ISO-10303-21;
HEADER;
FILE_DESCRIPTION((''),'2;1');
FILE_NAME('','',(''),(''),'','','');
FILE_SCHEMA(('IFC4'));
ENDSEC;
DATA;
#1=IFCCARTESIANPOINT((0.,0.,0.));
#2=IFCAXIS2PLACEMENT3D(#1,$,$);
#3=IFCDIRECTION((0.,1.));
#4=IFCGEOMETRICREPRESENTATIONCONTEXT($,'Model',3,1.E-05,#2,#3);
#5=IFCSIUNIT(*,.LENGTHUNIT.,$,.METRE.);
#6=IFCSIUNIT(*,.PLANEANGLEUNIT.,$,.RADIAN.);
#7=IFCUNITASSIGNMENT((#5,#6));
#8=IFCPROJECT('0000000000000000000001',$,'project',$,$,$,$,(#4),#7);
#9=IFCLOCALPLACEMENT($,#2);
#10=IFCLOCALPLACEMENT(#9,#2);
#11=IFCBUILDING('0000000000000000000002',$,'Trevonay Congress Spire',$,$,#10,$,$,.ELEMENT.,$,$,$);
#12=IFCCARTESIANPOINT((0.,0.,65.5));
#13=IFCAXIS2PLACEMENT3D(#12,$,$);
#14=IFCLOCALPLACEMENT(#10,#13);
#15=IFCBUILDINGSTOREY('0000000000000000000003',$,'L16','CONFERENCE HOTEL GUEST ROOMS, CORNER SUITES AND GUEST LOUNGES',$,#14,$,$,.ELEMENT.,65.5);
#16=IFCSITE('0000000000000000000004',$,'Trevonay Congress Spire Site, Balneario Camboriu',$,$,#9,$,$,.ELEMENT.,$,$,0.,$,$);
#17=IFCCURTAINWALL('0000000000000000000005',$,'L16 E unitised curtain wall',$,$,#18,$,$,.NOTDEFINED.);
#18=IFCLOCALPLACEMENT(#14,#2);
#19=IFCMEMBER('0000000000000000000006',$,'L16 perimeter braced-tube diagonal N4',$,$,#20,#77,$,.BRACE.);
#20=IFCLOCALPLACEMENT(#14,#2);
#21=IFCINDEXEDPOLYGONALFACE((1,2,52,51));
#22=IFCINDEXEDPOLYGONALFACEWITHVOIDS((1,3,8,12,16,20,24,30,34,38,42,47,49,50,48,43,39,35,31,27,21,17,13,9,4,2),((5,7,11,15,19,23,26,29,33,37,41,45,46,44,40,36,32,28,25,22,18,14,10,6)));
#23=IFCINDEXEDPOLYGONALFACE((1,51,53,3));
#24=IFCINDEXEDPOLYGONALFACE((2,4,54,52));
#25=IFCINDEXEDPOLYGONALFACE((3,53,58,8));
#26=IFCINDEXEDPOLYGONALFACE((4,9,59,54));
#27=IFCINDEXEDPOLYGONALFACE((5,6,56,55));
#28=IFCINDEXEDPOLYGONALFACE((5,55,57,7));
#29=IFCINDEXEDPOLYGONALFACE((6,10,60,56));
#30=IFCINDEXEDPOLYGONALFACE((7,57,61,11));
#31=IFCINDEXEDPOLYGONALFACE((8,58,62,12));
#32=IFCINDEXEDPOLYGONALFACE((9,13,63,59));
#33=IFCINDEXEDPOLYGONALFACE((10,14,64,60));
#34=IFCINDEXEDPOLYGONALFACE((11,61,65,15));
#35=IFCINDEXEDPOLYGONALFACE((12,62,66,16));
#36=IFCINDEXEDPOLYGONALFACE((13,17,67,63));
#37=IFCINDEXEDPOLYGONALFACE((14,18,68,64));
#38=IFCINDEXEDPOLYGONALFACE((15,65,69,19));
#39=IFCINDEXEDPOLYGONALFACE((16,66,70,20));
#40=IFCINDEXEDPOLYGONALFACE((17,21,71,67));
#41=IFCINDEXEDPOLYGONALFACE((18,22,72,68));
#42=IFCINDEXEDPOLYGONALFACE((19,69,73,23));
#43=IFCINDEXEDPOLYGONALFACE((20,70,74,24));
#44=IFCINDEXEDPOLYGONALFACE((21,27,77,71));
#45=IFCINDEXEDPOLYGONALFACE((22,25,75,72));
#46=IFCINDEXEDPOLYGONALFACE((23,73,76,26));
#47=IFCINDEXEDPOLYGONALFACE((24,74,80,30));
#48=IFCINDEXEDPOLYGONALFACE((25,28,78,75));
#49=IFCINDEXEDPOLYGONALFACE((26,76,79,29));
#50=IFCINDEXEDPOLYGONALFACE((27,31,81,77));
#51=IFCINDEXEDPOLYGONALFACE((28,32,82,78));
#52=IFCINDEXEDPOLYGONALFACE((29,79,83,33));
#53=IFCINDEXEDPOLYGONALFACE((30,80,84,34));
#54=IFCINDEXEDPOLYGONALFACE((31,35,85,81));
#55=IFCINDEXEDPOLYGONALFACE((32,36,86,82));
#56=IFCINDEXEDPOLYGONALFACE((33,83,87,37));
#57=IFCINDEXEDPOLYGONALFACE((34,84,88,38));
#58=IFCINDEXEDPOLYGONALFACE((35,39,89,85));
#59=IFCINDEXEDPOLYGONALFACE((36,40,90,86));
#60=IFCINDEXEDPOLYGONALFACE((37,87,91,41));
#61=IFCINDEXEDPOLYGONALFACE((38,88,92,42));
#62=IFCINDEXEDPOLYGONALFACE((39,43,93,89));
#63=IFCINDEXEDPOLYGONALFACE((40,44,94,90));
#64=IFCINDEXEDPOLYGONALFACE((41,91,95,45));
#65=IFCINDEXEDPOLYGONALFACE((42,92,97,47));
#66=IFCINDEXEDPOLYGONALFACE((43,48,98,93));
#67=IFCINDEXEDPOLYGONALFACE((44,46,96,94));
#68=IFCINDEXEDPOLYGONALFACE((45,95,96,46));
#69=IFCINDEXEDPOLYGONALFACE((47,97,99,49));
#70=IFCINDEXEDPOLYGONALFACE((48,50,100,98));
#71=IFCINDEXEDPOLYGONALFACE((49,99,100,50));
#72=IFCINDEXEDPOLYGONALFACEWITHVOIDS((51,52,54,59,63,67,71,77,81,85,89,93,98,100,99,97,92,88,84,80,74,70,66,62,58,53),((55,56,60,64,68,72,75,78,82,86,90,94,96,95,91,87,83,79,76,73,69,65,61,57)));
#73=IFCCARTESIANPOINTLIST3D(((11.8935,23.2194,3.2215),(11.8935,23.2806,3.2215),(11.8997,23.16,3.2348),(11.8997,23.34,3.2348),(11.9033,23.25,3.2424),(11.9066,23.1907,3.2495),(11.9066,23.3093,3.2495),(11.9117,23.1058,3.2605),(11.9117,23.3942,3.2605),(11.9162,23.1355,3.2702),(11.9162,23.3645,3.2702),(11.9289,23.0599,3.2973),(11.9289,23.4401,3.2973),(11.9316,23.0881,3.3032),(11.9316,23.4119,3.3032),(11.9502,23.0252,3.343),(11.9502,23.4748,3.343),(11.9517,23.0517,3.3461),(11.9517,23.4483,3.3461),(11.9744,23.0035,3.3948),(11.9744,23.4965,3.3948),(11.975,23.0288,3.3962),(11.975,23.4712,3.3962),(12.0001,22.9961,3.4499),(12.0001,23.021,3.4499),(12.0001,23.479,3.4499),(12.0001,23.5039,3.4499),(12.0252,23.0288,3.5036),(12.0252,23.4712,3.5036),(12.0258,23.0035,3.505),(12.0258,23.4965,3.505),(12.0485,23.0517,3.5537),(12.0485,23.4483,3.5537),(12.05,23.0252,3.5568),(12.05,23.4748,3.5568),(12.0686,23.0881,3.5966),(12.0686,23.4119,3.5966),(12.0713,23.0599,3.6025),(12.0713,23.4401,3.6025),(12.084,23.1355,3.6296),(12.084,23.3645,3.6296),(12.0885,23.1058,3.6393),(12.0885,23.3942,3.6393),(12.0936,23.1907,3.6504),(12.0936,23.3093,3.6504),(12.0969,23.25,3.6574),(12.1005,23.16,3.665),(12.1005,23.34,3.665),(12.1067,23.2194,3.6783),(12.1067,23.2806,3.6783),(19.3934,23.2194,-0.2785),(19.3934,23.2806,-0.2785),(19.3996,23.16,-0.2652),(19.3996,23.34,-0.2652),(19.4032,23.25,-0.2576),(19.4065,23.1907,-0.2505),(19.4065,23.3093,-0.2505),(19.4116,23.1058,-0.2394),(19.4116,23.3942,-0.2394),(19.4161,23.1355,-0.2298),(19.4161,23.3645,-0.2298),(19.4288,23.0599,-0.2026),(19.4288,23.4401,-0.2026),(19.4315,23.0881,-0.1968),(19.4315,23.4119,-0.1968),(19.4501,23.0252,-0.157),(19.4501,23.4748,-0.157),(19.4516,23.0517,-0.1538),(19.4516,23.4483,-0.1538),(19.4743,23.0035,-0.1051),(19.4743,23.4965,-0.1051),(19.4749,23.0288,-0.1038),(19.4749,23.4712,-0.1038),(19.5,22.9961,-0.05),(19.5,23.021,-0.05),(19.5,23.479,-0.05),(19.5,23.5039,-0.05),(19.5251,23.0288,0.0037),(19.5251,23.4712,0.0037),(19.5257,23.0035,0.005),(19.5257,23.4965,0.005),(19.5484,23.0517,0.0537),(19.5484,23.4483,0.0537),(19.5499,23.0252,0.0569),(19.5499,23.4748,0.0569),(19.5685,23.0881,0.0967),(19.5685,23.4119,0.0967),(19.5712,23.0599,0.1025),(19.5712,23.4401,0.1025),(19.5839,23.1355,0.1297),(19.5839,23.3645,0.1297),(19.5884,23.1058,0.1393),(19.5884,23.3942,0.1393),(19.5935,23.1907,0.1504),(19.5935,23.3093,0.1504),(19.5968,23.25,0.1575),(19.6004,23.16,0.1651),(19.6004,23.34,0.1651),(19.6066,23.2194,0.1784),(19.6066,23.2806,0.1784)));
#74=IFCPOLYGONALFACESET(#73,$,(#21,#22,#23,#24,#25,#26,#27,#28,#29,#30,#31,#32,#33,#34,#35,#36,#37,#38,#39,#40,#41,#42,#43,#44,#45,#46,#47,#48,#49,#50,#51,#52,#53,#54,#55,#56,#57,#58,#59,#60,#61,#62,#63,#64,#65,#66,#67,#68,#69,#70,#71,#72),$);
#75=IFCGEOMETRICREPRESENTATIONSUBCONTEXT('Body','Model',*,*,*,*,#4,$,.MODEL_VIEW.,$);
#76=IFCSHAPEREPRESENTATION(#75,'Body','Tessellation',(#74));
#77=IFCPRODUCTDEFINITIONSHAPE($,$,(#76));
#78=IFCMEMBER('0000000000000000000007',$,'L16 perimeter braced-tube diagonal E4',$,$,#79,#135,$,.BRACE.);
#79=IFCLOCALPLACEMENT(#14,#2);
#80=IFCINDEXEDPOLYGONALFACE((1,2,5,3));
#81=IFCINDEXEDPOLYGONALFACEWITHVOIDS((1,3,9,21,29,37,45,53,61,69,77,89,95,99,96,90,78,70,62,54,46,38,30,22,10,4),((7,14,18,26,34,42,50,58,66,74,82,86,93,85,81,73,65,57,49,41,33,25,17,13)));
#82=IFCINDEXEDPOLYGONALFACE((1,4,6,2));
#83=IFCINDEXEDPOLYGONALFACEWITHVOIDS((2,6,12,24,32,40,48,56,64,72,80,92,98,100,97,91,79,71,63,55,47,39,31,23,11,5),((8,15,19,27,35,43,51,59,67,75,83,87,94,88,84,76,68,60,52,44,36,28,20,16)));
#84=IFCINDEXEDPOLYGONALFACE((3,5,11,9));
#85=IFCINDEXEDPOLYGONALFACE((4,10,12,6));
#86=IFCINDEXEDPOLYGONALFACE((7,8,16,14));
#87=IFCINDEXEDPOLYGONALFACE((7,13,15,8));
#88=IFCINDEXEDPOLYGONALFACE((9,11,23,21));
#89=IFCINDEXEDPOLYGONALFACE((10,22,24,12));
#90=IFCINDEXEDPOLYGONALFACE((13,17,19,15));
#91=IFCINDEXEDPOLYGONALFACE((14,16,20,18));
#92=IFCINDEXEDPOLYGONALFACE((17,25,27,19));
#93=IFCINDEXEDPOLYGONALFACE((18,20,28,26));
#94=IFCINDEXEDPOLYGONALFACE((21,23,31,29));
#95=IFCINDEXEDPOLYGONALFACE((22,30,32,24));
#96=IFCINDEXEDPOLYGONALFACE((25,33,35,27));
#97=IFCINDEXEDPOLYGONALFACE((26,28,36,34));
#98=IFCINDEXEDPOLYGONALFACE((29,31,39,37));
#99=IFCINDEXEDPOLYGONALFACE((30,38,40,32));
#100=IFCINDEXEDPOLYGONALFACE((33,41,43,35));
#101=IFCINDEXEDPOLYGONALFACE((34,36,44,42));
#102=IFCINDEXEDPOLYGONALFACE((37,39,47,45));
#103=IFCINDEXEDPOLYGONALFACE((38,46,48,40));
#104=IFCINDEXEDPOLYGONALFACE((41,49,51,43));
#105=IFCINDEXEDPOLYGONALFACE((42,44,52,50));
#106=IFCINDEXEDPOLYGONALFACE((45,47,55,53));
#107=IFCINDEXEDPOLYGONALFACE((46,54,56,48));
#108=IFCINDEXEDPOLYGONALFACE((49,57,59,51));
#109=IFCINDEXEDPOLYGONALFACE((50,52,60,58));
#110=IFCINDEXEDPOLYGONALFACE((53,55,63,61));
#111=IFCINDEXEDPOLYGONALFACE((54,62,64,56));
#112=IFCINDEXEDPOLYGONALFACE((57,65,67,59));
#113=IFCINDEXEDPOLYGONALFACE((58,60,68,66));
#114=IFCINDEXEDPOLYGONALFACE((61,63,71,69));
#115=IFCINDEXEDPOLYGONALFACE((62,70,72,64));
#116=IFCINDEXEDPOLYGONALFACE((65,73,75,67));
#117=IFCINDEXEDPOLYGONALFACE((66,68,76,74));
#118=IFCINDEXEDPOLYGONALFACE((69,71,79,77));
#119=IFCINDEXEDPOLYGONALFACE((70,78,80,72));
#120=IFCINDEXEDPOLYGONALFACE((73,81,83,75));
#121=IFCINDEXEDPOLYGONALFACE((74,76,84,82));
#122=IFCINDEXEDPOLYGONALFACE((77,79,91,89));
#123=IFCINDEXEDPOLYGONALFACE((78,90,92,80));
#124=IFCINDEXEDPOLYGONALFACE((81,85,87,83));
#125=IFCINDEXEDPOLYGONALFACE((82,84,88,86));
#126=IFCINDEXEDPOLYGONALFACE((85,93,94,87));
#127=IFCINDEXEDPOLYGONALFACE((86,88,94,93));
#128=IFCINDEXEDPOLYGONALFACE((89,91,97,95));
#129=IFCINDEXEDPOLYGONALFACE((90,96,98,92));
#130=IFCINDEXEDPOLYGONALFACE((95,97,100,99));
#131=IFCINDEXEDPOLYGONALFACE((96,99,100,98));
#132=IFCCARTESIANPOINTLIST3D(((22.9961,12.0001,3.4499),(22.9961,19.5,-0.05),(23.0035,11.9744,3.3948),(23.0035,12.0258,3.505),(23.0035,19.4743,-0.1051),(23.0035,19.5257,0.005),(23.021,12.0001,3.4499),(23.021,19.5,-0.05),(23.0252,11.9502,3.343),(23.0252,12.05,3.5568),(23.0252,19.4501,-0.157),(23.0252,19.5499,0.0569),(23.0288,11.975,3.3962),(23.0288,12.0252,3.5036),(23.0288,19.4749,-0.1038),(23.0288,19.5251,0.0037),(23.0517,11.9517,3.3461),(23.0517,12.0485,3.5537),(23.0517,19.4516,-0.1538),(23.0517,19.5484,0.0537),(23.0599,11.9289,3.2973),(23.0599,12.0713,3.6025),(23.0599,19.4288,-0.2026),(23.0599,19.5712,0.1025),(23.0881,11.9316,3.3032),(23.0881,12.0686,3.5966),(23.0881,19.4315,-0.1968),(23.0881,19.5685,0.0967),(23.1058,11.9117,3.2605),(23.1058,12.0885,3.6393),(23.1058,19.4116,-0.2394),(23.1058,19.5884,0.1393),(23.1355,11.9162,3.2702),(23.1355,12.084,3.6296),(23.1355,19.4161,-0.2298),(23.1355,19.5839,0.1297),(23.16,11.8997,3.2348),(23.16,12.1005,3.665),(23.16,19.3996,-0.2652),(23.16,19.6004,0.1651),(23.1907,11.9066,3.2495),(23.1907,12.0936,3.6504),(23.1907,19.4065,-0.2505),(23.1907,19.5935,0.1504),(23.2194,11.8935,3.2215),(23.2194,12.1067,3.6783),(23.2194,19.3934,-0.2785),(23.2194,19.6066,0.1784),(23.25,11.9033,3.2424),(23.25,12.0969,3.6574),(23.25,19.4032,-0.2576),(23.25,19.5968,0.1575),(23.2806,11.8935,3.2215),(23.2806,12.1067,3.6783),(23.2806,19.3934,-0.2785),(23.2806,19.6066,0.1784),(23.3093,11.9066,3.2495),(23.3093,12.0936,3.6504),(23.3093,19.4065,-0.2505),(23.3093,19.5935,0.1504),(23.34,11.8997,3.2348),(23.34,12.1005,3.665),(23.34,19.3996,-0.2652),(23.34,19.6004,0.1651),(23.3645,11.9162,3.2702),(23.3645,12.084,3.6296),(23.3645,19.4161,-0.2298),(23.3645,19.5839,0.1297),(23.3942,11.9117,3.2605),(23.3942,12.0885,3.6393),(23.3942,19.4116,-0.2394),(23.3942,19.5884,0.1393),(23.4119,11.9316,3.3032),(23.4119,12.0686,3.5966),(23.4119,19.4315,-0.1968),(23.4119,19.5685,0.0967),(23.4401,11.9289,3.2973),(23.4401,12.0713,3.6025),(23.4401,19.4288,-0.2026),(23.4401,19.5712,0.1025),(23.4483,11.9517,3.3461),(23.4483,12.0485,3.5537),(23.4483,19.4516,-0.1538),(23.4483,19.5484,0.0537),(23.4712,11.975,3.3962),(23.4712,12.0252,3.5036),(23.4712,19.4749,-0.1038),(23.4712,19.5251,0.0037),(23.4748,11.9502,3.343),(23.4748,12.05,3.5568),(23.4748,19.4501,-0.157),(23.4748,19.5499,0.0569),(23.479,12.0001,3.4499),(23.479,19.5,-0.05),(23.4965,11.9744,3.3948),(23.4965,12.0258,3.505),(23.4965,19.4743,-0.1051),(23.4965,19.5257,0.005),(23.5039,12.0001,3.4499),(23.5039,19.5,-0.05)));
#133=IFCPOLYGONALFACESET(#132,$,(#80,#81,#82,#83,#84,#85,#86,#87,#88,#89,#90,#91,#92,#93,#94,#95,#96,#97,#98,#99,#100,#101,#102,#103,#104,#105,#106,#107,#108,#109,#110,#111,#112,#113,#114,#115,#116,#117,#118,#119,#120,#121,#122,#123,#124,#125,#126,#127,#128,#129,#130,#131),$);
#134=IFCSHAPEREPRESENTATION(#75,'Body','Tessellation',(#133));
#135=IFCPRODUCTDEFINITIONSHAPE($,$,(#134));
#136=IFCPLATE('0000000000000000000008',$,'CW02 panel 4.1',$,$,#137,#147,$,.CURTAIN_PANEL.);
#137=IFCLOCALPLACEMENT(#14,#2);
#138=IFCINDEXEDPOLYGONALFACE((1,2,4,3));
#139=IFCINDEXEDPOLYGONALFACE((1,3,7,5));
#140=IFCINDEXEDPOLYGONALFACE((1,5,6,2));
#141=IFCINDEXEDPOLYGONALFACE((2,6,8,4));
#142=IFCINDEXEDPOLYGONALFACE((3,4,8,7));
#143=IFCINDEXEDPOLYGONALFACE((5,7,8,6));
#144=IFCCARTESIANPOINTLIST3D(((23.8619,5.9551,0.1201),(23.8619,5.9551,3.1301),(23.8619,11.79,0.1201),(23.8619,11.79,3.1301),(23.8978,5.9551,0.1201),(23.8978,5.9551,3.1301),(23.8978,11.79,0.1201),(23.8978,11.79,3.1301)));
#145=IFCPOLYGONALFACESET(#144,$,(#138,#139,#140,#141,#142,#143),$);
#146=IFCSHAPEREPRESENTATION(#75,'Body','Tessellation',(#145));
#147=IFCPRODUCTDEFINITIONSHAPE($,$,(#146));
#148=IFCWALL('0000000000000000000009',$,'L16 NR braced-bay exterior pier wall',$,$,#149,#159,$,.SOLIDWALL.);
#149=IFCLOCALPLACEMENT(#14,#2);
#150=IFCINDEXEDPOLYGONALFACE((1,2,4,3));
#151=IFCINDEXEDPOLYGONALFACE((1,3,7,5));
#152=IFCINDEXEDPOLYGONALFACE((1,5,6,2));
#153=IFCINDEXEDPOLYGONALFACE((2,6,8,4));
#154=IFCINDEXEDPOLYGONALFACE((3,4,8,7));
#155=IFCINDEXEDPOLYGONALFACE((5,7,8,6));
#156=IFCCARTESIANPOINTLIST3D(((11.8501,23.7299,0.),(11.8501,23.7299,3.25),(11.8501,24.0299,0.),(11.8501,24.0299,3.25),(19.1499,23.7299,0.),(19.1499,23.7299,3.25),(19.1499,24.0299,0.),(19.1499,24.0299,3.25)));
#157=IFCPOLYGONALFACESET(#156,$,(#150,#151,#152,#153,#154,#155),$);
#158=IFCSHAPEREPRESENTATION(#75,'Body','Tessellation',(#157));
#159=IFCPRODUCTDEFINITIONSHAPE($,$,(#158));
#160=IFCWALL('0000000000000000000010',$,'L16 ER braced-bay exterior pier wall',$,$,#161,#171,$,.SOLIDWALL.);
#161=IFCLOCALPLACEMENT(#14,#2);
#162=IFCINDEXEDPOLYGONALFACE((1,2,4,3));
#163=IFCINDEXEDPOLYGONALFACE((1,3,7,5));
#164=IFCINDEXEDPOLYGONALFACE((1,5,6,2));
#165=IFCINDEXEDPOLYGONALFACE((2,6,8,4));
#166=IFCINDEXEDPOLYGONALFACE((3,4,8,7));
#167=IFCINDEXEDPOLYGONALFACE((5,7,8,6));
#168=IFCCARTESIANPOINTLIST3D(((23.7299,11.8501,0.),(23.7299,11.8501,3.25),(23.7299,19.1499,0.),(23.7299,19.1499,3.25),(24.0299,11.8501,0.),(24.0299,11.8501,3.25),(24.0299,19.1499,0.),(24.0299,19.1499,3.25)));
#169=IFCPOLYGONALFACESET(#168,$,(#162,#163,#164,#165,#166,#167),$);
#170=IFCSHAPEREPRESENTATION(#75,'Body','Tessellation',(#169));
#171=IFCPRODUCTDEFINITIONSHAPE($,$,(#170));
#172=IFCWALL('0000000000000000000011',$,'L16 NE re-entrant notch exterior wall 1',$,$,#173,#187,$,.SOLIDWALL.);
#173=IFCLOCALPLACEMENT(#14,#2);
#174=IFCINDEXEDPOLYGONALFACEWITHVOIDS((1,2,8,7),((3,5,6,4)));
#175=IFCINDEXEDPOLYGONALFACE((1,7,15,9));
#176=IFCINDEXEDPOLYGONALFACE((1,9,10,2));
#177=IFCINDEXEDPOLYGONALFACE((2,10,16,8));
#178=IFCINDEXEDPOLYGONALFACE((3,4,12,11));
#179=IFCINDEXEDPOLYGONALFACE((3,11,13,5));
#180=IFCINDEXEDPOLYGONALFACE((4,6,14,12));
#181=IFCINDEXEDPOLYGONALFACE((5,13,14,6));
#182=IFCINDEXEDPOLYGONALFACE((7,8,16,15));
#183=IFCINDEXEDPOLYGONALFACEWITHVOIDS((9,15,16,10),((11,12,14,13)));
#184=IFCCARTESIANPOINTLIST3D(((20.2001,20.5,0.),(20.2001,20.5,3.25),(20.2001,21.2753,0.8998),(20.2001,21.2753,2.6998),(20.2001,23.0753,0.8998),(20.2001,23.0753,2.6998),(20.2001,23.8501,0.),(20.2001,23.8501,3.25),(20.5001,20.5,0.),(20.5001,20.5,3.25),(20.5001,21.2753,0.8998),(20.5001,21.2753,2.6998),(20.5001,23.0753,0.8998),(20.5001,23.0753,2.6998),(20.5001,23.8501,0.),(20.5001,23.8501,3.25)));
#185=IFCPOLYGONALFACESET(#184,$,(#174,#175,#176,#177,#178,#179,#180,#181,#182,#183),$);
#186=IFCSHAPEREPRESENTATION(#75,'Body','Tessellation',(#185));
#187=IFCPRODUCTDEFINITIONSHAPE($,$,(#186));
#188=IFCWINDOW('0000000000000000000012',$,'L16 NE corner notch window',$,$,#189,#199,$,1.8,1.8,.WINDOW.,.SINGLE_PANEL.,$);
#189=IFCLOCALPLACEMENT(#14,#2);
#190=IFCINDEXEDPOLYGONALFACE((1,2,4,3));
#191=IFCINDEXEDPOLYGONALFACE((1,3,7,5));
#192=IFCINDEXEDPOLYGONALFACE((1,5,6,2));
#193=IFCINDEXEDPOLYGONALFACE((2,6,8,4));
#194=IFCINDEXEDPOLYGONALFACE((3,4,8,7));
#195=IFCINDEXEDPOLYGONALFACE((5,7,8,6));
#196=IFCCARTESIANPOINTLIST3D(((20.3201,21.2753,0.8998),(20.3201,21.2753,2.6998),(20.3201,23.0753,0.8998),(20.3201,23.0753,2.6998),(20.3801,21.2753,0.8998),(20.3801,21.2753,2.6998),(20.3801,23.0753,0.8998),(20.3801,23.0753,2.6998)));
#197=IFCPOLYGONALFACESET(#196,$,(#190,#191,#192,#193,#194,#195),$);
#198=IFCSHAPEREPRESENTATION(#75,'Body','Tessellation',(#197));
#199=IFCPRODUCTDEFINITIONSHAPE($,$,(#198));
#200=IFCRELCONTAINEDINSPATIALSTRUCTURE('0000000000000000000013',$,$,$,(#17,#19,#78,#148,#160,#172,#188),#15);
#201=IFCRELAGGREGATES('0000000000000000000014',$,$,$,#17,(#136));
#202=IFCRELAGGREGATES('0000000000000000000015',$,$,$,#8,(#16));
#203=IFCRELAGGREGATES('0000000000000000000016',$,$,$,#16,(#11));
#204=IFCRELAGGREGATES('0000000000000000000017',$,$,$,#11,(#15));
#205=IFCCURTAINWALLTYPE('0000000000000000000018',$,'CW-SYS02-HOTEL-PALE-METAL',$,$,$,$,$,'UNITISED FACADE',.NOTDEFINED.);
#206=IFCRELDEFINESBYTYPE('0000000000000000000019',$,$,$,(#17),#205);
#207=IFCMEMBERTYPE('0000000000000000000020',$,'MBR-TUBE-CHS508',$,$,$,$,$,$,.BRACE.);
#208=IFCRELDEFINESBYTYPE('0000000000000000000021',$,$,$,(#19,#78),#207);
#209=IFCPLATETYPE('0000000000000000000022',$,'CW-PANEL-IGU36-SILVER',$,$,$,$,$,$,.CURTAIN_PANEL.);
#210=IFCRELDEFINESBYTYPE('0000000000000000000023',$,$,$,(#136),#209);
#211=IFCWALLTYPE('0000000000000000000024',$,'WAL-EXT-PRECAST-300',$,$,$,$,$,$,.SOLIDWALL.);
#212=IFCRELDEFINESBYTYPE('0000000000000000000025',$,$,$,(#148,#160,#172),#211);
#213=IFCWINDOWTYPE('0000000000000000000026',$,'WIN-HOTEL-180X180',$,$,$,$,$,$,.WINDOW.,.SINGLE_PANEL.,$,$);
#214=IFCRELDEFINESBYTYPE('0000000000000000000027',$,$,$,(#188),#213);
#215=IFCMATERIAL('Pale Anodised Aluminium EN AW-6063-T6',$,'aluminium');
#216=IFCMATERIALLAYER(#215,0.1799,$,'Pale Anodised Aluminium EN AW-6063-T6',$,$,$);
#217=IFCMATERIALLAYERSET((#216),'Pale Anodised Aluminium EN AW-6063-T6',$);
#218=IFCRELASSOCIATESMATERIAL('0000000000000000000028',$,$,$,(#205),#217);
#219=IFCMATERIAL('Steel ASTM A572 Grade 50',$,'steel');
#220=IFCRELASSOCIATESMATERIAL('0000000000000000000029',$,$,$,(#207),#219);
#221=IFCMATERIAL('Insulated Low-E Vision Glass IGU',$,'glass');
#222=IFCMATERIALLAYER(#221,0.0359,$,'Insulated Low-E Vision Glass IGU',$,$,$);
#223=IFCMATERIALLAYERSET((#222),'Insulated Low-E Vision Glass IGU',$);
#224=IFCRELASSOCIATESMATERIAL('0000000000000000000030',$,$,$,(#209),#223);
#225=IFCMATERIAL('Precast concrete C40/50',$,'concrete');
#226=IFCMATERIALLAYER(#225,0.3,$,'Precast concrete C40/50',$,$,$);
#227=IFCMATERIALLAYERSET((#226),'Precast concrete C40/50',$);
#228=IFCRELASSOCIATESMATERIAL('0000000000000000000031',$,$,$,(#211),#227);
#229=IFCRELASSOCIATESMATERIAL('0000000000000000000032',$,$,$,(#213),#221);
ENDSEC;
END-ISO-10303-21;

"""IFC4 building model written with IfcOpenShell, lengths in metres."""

from ifc_helpers import new_model, si_unit, direction, frame, frame_2d, origin, origin_2d, place, context, subcontext, project, spatial, rectangle, hollow_circle, extrude, material, layer, layer_set, material_profile, profile_set, type_object, element, fill, aggregate, save


model = new_model("IFC4")

# Units and contexts
model_context = context("Model", 3, precision=1e-05, world=origin(), true_north=direction((0.0, 1.0)))
body_context = subcontext(model_context, "Body", "Model", "MODEL_VIEW")
ifc_project = project(units=[si_unit("LENGTHUNIT", "METRE"), si_unit("PLANEANGLEUNIT", "RADIAN")], contexts=[model_context])

# Site, building, storey
site_placement = place(None, origin())
site = spatial("IfcSite", under=ifc_project, at=site_placement, Name="Trevonay Congress Spire Site, Balneario Camboriu", CompositionType="ELEMENT", RefElevation=0.0)
building_placement = place(site_placement, origin())
building = spatial("IfcBuilding", under=site, at=building_placement, Name="Trevonay Congress Spire", CompositionType="ELEMENT")
storey_placement = place(building_placement, frame((0.0, 0.0, 65.5)))
storey = spatial("IfcBuildingStorey", under=building, at=storey_placement, Name="L16", Description="CONFERENCE HOTEL GUEST ROOMS, CORNER SUITES AND GUEST LOUNGES", CompositionType="ELEMENT", Elevation=65.5)

# Shared definitions
ifc_material_1 = material(Name="Steel ASTM A572 Grade 50", Category="steel")

# Shared definitions
ifc_material_2 = material(Name="Pale Anodised Aluminium EN AW-6063-T6", Category="aluminium")
ifc_layer_1 = layer(ifc_material_2, 0.1799, Name="Pale Anodised Aluminium EN AW-6063-T6")
ifc_layer_set_1 = layer_set([ifc_layer_1], Name="Pale Anodised Aluminium EN AW-6063-T6")
curtain_wall_type = type_object("IfcCurtainWallType", Name="CW-SYS02-HOTEL-PALE-METAL", ElementType="UNITISED FACADE", PredefinedType="NOTDEFINED", material=ifc_layer_set_1)

# Curtain wall
curtain_wall_1_placement = place(storey_placement, origin())
curtain_wall_1 = element("IfcCurtainWall", 1, at=curtain_wall_1_placement, inside=storey, type_object=curtain_wall_type, Name="L16 E unitised curtain wall", PredefinedType="NOTDEFINED")

# Members
ifc_material_profile_1 = material_profile(ifc_material_1, hollow_circle(Radius=0.2539, WallThickness=0.0249, at=origin_2d()), Name="CHS 508x25")
ifc_profile_set_1 = profile_set([ifc_material_profile_1], Name="Steel ASTM A572 Grade 50")
member_type_1 = type_object("IfcMemberType", Name="MBR-TUBE-CHS508", PredefinedType="BRACE", material=ifc_profile_set_1)
for number, where, z_axis, x_axis, name in (
    (2, (19.5, 23.25, -0.05), (-0.906183, 0.0, 0.422885), (0.0, -1.0, 0.0), "L16 perimeter braced-tube diagonal N4"),
    (3, (23.25, 19.5, -0.05), (0.0, -0.906183, 0.422885), (1.0, 0.0, 0.0), "L16 perimeter braced-tube diagonal E4"),
):
    element("IfcMember", number, at=place(storey_placement, frame(where, z_axis=z_axis, x_axis=x_axis)), inside=storey, type_object=member_type_1, Name=name, PredefinedType="BRACE", context=body_context, shape_type="SweptSolid", body=[
        extrude(hollow_circle(Radius=0.2539, WallThickness=0.0249, at=origin_2d()), origin(), (0.0, 0.0, 1.0), 8.2764),
    ])

# Plate
ifc_material_3 = material(Name="Insulated Low-E Vision Glass IGU", Category="glass")
ifc_layer_2 = layer(ifc_material_3, 0.0359, Name="Insulated Low-E Vision Glass IGU")
ifc_layer_set_2 = layer_set([ifc_layer_2], Name="Insulated Low-E Vision Glass IGU")
plate_type = type_object("IfcPlateType", Name="CW-PANEL-IGU36-SILVER", PredefinedType="CURTAIN_PANEL", material=ifc_layer_set_2)
plate_placement = place(storey_placement, frame((23.8799, 8.8726, 0.1201), z_axis=(0.0, 0.0, 1.0), x_axis=(0.0, 1.0, 0.0)))
plate = element("IfcPlate", 4, at=plate_placement, type_object=plate_type, Name="CW02 panel 4.1", PredefinedType="CURTAIN_PANEL", context=body_context, shape_type="SweptSolid", body=[
    extrude(rectangle(XDim=5.835, YDim=0.0359, at=origin_2d()), origin(), (0.0, 0.0, 1.0), 3.01),
])
aggregate(curtain_wall_1, [plate])

# Walls
ifc_material_4 = material(Name="Precast concrete C40/50", Category="concrete")
ifc_layer_3 = layer(ifc_material_4, 0.3, Name="Precast concrete C40/50")
ifc_layer_set_3 = layer_set([ifc_layer_3], Name="Precast concrete C40/50")
wall_type_1 = type_object("IfcWallType", Name="WAL-EXT-PRECAST-300", PredefinedType="SOLIDWALL", material=ifc_layer_set_3)
for number, where, z_axis, x_axis, name in (
    (5, (11.8501, 23.8799, 0.0), (0.0, 0.0, 1.0), (1.0, 0.0, 0.0), "L16 NR braced-bay exterior pier wall"),
    (6, (23.8799, 11.8501, 0.0), (0.0, 0.0, 1.0), (0.0, 1.0, 0.0), "L16 ER braced-bay exterior pier wall"),
):
    element("IfcWall", number, at=place(storey_placement, frame(where, z_axis=z_axis, x_axis=x_axis)), inside=storey, type_object=wall_type_1, Name=name, PredefinedType="SOLIDWALL", context=body_context, shape_type="SweptSolid", body=[
        extrude(rectangle(XDim=7.2998, YDim=0.3, at=frame_2d((3.6499, 0.0))), origin(), (0.0, 0.0, 1.0), 3.25),
    ])

# Wall, opening, window
wall_1_placement = place(storey_placement, frame((20.3501, 23.8501, 0.0), z_axis=(0.0, 0.0, 1.0), x_axis=(0.0, -1.0, 0.0)))
wall_1 = element("IfcWall", 7, at=wall_1_placement, inside=storey, type_object=wall_type_1, Name="L16 NE re-entrant notch exterior wall 1", PredefinedType="SOLIDWALL", context=body_context, shape_type="SweptSolid", body=[
    extrude(rectangle(XDim=3.3501, YDim=0.3, at=frame_2d((1.675, 0.0))), origin(), (0.0, 0.0, 1.0), 3.25),
])
opening_placement = place(wall_1_placement, frame((0.7749, 0.0, 0.8999)))
opening = element("IfcOpeningElement", 8, at=opening_placement, cuts=wall_1, PredefinedType="OPENING", context=body_context, shape_type="SweptSolid", body=[
    extrude(rectangle(XDim=1.8, YDim=1.8, at=frame_2d((0.8999, 0.8999))), frame((0.0, 0.1602, 0.0), z_axis=(0.0, -1.0, 0.0), x_axis=(1.0, 0.0, 0.0)), (0.0, 0.0, 1.0), 0.3201),
])
window_type = type_object("IfcWindowType", Name="WIN-HOTEL-180X180", PartitioningType="SINGLE_PANEL", PredefinedType="WINDOW", material=ifc_material_3)
window_placement = place(opening_placement, origin())
window = element("IfcWindow", 9, at=window_placement, inside=storey, type_object=window_type, Name="L16 NE corner notch window", OverallHeight=1.8, OverallWidth=1.8, PartitioningType="SINGLE_PANEL", PredefinedType="WINDOW", context=body_context, shape_type="SweptSolid", body=[
    extrude(rectangle(XDim=1.8, YDim=1.8, at=frame_2d((0.8999, 0.8999))), frame((0.0, 0.03, 0.0), z_axis=(0.0, -1.0, 0.0), x_axis=(1.0, 0.0, 0.0)), (0.0, 0.0, 1.0), 0.0601),
])
fill(opening, window)

save(model, "model.ifc")
